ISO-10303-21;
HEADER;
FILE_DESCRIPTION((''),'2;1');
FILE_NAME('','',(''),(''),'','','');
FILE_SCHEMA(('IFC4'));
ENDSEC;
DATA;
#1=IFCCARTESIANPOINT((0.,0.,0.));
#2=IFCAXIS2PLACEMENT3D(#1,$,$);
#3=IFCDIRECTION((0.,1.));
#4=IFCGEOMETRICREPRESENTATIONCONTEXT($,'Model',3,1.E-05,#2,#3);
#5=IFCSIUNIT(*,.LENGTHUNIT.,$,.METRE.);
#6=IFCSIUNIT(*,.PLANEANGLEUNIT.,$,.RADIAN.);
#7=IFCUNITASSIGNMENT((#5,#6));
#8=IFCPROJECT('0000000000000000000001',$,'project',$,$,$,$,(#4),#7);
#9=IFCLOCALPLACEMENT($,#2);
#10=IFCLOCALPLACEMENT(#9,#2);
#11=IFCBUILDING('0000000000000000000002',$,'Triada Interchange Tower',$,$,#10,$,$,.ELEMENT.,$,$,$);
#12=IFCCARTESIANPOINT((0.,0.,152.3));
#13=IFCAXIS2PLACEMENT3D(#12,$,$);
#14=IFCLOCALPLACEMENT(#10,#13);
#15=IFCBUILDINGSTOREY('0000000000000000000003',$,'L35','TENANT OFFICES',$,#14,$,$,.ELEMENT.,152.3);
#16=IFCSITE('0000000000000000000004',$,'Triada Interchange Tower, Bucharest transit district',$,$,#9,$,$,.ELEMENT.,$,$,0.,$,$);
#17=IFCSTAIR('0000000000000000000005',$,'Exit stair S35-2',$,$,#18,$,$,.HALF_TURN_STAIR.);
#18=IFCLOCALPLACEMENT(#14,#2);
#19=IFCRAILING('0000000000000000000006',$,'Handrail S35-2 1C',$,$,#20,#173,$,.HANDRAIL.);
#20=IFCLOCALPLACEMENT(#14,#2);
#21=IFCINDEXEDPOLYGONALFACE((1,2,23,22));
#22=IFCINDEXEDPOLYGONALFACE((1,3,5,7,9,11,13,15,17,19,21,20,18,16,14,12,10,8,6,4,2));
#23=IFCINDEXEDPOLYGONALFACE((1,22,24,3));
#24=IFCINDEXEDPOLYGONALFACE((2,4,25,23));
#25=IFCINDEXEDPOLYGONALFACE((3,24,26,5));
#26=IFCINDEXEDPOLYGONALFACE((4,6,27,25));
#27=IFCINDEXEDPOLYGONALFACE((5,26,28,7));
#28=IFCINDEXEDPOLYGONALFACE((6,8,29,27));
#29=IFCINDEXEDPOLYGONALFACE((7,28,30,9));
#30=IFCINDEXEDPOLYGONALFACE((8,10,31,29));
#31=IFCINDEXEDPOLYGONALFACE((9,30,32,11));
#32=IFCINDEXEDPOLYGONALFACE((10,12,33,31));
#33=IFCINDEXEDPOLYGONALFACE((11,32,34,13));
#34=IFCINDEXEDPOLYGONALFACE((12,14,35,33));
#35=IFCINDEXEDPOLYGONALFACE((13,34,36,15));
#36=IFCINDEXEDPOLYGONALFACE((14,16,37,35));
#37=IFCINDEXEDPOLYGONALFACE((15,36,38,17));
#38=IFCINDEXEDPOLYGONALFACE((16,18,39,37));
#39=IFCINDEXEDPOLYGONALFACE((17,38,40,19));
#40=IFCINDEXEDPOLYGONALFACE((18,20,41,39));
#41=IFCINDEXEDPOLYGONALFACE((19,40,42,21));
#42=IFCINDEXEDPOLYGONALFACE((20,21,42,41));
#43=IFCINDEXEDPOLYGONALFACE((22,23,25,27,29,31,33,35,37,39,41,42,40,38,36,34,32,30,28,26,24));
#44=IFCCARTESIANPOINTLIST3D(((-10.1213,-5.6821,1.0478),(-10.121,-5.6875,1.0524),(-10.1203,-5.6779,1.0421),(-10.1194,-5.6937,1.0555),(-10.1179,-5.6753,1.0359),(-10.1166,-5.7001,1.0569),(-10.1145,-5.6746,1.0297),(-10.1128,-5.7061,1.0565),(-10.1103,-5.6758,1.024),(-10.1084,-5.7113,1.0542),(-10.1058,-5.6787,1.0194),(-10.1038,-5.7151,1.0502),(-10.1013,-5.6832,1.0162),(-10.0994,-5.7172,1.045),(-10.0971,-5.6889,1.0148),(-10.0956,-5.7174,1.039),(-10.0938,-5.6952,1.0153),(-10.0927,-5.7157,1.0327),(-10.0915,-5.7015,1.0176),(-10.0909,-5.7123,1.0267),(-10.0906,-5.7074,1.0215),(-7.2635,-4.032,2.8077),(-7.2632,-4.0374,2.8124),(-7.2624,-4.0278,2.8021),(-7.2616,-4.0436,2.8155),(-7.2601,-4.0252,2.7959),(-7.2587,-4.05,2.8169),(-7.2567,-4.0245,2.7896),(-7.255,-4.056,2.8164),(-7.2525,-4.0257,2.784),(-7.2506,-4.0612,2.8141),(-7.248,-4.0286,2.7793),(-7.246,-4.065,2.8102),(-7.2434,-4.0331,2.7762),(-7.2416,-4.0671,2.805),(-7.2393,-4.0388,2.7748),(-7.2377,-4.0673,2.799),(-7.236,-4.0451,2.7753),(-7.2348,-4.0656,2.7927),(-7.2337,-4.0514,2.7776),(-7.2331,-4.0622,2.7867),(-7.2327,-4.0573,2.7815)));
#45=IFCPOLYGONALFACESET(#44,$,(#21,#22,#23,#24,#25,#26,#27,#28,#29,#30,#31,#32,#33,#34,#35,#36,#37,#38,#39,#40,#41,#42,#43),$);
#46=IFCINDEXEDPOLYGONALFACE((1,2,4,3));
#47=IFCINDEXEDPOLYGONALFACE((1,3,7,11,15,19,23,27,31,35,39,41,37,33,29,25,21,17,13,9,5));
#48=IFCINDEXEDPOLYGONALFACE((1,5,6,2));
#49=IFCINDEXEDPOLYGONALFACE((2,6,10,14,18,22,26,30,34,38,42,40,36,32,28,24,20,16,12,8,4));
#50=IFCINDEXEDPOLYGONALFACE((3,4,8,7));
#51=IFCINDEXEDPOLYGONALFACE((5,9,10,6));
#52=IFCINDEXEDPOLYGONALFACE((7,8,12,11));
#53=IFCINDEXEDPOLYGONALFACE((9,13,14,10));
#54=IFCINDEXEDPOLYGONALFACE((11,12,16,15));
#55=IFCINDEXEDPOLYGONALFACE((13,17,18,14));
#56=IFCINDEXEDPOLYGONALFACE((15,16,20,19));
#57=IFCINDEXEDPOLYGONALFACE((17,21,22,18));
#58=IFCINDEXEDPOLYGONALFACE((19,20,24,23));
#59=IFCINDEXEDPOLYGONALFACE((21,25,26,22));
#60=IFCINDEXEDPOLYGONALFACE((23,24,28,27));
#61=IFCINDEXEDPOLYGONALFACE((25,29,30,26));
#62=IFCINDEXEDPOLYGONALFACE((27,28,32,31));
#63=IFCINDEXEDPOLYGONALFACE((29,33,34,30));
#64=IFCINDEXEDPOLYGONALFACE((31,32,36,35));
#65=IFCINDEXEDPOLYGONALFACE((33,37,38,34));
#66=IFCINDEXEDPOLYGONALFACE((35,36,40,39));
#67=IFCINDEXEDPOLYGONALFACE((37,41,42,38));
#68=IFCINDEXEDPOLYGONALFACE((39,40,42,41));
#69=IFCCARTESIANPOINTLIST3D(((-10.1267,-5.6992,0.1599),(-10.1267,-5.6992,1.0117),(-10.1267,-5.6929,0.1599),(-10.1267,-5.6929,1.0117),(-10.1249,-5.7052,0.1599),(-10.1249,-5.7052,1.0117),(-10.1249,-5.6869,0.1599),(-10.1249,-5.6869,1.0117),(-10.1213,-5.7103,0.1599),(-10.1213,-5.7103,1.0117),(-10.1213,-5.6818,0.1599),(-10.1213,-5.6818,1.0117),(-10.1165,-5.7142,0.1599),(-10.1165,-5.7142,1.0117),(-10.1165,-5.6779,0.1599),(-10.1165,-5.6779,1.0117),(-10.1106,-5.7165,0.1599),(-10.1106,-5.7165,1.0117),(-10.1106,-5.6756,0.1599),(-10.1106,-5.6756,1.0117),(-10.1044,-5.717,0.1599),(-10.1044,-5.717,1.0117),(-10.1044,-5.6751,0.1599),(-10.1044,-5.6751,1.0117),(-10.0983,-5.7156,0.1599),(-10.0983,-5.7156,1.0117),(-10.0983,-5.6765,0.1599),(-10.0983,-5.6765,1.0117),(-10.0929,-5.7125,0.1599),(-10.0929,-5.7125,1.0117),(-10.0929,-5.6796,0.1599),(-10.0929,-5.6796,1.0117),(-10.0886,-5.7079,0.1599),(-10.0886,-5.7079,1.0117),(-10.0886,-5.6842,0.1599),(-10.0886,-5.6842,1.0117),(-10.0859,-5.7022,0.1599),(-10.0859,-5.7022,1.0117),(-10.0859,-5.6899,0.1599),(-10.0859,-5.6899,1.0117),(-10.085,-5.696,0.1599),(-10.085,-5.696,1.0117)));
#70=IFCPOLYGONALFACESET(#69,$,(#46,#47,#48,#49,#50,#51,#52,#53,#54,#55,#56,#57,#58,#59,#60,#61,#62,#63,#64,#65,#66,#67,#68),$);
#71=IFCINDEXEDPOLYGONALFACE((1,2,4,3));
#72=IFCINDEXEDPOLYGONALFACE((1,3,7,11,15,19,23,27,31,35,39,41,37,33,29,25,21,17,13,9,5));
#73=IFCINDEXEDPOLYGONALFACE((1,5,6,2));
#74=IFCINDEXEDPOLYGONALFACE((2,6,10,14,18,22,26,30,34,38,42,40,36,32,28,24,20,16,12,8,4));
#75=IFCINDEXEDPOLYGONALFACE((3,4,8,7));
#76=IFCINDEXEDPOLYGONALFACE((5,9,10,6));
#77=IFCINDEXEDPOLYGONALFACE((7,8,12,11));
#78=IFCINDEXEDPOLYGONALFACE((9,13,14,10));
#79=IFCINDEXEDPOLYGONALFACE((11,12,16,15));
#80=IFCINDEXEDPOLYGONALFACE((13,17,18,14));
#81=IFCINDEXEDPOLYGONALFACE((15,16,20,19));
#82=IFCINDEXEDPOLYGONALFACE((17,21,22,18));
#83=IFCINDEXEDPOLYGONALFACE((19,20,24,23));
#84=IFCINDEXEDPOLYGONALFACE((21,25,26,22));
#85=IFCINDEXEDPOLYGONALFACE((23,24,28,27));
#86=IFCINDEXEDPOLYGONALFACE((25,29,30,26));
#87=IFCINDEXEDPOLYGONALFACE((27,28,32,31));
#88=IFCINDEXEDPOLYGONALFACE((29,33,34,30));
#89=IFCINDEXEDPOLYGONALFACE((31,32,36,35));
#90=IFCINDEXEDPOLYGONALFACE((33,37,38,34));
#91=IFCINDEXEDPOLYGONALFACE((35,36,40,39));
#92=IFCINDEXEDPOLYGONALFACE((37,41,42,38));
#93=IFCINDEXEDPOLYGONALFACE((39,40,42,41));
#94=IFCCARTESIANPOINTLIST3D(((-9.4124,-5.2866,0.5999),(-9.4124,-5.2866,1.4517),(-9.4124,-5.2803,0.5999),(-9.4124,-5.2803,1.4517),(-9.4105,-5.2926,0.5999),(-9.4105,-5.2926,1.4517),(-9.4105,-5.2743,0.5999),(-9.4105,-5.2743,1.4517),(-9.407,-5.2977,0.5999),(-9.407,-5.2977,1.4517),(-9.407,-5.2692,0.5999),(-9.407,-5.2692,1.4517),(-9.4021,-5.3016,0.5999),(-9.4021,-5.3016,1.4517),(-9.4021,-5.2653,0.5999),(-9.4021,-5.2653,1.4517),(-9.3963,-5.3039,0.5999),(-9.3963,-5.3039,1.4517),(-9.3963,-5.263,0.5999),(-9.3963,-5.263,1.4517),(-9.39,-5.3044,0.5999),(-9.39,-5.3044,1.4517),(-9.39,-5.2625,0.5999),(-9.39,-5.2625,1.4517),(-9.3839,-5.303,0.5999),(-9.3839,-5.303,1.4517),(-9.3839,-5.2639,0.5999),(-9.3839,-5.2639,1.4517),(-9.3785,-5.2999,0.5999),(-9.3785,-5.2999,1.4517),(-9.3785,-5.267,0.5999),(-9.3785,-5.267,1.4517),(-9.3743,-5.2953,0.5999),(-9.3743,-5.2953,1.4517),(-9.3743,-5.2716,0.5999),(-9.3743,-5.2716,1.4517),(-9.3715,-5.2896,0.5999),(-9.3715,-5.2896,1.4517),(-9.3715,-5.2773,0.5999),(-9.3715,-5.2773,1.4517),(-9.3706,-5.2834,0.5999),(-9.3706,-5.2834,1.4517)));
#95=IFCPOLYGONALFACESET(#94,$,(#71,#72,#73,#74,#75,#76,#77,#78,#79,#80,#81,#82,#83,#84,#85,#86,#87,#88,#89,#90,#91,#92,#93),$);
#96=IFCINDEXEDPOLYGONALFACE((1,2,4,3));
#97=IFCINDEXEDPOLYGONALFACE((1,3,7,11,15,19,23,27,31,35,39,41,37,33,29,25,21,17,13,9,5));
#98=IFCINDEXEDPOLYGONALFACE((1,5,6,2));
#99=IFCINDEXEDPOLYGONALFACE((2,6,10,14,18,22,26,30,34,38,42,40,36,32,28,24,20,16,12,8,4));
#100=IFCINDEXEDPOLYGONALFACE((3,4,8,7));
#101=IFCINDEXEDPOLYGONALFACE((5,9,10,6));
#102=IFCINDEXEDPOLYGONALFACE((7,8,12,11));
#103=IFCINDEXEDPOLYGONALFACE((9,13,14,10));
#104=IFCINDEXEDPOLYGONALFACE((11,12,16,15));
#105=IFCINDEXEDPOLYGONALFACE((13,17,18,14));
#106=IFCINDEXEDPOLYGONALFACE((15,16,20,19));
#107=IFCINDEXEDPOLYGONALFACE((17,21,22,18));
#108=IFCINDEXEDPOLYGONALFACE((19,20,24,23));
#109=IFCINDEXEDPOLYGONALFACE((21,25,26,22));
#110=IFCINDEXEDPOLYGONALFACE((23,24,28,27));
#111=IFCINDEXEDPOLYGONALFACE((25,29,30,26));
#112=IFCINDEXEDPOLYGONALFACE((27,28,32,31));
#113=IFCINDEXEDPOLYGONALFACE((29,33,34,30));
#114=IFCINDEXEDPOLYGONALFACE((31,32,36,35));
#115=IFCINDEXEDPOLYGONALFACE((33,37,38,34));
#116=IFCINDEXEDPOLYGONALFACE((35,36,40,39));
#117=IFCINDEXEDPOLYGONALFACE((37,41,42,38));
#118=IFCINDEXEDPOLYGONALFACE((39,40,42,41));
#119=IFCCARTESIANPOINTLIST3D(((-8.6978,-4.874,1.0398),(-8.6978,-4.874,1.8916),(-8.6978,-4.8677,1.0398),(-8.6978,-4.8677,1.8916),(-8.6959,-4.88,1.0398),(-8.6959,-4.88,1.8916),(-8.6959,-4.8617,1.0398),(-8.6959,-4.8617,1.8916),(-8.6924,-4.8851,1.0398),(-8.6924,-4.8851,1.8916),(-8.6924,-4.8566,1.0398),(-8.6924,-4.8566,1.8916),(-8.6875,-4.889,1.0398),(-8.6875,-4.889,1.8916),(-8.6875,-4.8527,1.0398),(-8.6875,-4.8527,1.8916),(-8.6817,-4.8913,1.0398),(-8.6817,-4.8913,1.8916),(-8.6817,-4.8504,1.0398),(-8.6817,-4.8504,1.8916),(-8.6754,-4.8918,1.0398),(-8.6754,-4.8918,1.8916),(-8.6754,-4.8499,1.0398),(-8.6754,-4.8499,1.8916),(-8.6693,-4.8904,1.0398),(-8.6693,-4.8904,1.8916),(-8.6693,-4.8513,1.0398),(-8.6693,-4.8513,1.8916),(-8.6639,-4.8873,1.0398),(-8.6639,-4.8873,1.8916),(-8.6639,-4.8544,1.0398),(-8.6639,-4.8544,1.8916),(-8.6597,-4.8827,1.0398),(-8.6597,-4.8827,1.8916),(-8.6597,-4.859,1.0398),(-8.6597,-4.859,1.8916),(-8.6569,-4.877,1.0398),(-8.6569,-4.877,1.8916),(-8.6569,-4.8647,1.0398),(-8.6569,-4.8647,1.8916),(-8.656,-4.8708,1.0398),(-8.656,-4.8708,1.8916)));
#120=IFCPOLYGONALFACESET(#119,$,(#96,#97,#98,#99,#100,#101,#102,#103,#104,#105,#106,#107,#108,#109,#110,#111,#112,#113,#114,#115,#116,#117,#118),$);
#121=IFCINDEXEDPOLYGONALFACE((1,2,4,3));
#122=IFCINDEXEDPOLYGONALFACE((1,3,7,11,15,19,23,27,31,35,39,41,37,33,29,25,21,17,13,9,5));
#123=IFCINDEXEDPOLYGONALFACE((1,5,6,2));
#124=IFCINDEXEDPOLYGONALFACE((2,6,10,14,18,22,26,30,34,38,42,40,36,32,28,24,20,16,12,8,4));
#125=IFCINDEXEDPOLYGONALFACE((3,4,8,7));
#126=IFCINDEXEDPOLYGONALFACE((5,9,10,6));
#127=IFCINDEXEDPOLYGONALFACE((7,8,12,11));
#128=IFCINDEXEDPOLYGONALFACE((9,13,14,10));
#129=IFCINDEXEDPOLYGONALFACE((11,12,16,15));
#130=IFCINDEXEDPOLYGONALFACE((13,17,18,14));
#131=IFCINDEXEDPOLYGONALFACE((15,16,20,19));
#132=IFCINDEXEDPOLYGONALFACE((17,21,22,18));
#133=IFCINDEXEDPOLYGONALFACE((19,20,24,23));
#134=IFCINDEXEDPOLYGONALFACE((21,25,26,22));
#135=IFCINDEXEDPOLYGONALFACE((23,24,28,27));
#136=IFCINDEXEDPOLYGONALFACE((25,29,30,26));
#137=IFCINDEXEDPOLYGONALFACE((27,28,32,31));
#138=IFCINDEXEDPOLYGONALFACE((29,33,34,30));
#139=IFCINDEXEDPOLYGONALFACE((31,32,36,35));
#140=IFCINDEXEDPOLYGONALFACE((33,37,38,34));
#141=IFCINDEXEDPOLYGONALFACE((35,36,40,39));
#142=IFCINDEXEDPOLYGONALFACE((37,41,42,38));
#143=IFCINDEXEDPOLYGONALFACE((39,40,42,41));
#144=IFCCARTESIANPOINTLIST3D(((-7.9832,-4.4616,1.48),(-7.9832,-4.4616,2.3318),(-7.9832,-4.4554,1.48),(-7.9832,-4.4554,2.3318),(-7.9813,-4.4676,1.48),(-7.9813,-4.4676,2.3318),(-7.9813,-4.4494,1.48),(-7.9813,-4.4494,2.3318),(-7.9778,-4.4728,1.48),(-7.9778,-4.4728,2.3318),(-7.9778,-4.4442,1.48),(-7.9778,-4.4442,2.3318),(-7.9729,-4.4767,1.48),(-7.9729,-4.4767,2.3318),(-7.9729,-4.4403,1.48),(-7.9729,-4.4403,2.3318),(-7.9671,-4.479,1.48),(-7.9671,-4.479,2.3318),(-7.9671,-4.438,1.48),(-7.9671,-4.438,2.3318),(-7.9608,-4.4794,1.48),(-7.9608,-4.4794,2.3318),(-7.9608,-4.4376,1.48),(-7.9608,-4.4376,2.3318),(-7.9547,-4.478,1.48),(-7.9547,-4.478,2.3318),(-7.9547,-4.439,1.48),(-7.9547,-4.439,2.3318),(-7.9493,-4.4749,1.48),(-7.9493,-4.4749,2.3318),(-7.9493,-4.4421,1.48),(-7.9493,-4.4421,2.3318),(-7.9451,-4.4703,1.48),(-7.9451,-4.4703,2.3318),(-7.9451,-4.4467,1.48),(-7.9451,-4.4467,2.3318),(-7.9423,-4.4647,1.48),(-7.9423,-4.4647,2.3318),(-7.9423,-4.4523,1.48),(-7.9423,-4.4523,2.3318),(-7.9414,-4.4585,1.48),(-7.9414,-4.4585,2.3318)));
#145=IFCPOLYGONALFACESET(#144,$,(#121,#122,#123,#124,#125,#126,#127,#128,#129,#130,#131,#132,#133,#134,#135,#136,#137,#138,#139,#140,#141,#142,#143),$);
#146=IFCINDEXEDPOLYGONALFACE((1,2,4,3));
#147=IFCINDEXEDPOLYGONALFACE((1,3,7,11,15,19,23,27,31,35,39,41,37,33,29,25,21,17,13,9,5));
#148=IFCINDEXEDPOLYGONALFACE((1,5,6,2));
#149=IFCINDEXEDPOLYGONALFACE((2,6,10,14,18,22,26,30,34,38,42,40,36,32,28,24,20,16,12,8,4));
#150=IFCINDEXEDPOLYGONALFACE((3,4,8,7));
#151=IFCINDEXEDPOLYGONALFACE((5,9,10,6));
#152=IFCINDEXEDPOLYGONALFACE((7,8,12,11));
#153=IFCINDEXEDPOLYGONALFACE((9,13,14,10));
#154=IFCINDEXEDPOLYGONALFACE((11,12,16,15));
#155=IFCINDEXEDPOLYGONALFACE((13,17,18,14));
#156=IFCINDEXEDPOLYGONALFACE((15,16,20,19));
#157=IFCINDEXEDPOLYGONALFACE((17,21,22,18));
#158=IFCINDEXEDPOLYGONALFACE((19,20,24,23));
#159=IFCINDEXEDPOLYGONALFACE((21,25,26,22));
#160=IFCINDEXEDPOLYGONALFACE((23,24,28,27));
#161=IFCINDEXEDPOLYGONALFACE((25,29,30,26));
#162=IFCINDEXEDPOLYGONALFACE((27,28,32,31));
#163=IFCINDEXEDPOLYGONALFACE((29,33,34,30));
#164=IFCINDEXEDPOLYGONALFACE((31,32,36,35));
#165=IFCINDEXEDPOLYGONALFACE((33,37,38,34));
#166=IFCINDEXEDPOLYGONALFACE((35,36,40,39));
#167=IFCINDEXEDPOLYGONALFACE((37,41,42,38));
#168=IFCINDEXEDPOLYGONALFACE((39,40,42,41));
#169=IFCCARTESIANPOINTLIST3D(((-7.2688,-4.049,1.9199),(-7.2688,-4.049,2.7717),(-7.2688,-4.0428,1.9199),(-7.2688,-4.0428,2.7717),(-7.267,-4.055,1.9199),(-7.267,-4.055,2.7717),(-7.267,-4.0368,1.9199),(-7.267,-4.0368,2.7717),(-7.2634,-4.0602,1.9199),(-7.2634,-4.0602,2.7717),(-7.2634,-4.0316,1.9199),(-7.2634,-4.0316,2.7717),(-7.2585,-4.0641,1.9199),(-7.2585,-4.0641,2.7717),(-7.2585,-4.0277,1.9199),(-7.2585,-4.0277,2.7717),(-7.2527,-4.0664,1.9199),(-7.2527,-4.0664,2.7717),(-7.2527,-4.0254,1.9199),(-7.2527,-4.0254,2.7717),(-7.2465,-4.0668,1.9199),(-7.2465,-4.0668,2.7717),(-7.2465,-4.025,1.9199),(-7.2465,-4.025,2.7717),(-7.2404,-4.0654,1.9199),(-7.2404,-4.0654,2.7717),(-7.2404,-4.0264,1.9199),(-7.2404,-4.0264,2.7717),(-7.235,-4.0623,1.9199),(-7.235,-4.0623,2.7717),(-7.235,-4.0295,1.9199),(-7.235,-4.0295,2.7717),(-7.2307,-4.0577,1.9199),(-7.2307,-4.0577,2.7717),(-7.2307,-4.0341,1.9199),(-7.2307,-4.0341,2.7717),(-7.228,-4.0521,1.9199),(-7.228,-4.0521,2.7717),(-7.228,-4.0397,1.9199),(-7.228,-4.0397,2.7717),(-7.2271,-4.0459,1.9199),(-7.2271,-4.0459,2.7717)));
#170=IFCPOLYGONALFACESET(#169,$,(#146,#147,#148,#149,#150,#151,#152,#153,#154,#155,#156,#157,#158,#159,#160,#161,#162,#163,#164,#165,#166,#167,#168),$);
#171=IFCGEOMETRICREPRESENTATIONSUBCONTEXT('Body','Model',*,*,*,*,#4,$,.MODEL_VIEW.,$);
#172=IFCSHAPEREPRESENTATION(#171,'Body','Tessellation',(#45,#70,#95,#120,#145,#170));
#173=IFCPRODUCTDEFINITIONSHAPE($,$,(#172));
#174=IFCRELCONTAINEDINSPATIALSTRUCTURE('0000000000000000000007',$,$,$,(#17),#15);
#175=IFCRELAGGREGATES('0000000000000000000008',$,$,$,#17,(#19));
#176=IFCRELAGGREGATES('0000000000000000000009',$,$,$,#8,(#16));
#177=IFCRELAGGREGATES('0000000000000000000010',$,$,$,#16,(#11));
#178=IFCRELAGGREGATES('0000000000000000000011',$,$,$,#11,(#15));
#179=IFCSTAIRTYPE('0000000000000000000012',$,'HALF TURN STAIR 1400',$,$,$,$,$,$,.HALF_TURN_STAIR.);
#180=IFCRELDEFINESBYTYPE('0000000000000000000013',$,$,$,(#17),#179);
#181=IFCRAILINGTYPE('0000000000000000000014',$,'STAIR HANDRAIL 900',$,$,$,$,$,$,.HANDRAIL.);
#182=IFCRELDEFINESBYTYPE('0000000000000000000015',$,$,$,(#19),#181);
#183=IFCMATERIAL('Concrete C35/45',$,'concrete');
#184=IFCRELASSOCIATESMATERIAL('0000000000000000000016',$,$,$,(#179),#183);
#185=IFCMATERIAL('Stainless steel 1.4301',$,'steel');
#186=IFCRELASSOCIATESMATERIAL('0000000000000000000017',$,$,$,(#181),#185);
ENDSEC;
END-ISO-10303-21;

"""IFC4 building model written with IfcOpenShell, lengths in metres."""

from ifc_helpers import new_model, si_unit, direction, frame, origin, origin_2d, place, context, subcontext, project, spatial, circle, extrude, material, type_object, element, aggregate, save


model = new_model("IFC4")

# Units and contexts
model_context = context("Model", 3, precision=1e-05, world=origin(), true_north=direction((0.0, 1.0)))
body_context = subcontext(model_context, "Body", "Model", "MODEL_VIEW")
ifc_project = project(units=[si_unit("LENGTHUNIT", "METRE"), si_unit("PLANEANGLEUNIT", "RADIAN")], contexts=[model_context])

# Site, building, storey
site_placement = place(None, origin())
site = spatial("IfcSite", under=ifc_project, at=site_placement, Name="Triada Interchange Tower, Bucharest transit district", CompositionType="ELEMENT", RefElevation=0.0)
building_placement = place(site_placement, origin())
building = spatial("IfcBuilding", under=site, at=building_placement, Name="Triada Interchange Tower", CompositionType="ELEMENT")
storey_placement = place(building_placement, frame((0.0, 0.0, 152.3)))
storey = spatial("IfcBuildingStorey", under=building, at=storey_placement, Name="L35", Description="TENANT OFFICES", CompositionType="ELEMENT", Elevation=152.3)

# Stair, railing
ifc_material_1 = material(Name="Concrete C35/45", Category="concrete")
stair_type = type_object("IfcStairType", Name="HALF TURN STAIR 1400", PredefinedType="HALF_TURN_STAIR", material=ifc_material_1)
stair_placement = place(storey_placement, origin())
stair = element("IfcStair", 1, at=stair_placement, inside=storey, type_object=stair_type, Name="Exit stair S35-2", PredefinedType="HALF_TURN_STAIR")
ifc_material_2 = material(Name="Stainless steel 1.4301", Category="steel")
railing_type = type_object("IfcRailingType", Name="STAIR HANDRAIL 900", PredefinedType="HANDRAIL", material=ifc_material_2)
railing_1_placement = place(storey_placement, frame((-10.106, -5.696, 0.1599)))
railing_1 = element("IfcRailing", 2, at=railing_1_placement, type_object=railing_type, Name="Handrail S35-2 1C", PredefinedType="HANDRAIL", context=body_context, shape_type="SweptSolid", body=[
    extrude(circle(Radius=0.0239, at=origin_2d()), frame((0.0, 0.0, 0.876), z_axis=(0.764129, 0.441205, 0.47058), x_axis=(-0.50003, 0.866008, 0.0)), (0.0, 0.0, 1.0), 3.74),
    extrude(circle(Radius=0.021, at=origin_2d()), origin(), (0.0, 0.0, 1.0), 0.8518),
    extrude(circle(Radius=0.021, at=origin_2d()), frame((0.7144, 0.4126, 0.4399)), (0.0, 0.0, 1.0), 0.8518),
    extrude(circle(Radius=0.021, at=origin_2d()), frame((1.429, 0.8252, 0.8799)), (0.0, 0.0, 1.0), 0.8518),
    extrude(circle(Radius=0.021, at=origin_2d()), frame((2.1436, 1.2375, 1.3201)), (0.0, 0.0, 1.0), 0.8518),
    extrude(circle(Radius=0.021, at=origin_2d()), frame((2.8579, 1.6501, 1.76)), (0.0, 0.0, 1.0), 0.8518),
])
aggregate(stair, [railing_1])

save(model, "model.ifc")
